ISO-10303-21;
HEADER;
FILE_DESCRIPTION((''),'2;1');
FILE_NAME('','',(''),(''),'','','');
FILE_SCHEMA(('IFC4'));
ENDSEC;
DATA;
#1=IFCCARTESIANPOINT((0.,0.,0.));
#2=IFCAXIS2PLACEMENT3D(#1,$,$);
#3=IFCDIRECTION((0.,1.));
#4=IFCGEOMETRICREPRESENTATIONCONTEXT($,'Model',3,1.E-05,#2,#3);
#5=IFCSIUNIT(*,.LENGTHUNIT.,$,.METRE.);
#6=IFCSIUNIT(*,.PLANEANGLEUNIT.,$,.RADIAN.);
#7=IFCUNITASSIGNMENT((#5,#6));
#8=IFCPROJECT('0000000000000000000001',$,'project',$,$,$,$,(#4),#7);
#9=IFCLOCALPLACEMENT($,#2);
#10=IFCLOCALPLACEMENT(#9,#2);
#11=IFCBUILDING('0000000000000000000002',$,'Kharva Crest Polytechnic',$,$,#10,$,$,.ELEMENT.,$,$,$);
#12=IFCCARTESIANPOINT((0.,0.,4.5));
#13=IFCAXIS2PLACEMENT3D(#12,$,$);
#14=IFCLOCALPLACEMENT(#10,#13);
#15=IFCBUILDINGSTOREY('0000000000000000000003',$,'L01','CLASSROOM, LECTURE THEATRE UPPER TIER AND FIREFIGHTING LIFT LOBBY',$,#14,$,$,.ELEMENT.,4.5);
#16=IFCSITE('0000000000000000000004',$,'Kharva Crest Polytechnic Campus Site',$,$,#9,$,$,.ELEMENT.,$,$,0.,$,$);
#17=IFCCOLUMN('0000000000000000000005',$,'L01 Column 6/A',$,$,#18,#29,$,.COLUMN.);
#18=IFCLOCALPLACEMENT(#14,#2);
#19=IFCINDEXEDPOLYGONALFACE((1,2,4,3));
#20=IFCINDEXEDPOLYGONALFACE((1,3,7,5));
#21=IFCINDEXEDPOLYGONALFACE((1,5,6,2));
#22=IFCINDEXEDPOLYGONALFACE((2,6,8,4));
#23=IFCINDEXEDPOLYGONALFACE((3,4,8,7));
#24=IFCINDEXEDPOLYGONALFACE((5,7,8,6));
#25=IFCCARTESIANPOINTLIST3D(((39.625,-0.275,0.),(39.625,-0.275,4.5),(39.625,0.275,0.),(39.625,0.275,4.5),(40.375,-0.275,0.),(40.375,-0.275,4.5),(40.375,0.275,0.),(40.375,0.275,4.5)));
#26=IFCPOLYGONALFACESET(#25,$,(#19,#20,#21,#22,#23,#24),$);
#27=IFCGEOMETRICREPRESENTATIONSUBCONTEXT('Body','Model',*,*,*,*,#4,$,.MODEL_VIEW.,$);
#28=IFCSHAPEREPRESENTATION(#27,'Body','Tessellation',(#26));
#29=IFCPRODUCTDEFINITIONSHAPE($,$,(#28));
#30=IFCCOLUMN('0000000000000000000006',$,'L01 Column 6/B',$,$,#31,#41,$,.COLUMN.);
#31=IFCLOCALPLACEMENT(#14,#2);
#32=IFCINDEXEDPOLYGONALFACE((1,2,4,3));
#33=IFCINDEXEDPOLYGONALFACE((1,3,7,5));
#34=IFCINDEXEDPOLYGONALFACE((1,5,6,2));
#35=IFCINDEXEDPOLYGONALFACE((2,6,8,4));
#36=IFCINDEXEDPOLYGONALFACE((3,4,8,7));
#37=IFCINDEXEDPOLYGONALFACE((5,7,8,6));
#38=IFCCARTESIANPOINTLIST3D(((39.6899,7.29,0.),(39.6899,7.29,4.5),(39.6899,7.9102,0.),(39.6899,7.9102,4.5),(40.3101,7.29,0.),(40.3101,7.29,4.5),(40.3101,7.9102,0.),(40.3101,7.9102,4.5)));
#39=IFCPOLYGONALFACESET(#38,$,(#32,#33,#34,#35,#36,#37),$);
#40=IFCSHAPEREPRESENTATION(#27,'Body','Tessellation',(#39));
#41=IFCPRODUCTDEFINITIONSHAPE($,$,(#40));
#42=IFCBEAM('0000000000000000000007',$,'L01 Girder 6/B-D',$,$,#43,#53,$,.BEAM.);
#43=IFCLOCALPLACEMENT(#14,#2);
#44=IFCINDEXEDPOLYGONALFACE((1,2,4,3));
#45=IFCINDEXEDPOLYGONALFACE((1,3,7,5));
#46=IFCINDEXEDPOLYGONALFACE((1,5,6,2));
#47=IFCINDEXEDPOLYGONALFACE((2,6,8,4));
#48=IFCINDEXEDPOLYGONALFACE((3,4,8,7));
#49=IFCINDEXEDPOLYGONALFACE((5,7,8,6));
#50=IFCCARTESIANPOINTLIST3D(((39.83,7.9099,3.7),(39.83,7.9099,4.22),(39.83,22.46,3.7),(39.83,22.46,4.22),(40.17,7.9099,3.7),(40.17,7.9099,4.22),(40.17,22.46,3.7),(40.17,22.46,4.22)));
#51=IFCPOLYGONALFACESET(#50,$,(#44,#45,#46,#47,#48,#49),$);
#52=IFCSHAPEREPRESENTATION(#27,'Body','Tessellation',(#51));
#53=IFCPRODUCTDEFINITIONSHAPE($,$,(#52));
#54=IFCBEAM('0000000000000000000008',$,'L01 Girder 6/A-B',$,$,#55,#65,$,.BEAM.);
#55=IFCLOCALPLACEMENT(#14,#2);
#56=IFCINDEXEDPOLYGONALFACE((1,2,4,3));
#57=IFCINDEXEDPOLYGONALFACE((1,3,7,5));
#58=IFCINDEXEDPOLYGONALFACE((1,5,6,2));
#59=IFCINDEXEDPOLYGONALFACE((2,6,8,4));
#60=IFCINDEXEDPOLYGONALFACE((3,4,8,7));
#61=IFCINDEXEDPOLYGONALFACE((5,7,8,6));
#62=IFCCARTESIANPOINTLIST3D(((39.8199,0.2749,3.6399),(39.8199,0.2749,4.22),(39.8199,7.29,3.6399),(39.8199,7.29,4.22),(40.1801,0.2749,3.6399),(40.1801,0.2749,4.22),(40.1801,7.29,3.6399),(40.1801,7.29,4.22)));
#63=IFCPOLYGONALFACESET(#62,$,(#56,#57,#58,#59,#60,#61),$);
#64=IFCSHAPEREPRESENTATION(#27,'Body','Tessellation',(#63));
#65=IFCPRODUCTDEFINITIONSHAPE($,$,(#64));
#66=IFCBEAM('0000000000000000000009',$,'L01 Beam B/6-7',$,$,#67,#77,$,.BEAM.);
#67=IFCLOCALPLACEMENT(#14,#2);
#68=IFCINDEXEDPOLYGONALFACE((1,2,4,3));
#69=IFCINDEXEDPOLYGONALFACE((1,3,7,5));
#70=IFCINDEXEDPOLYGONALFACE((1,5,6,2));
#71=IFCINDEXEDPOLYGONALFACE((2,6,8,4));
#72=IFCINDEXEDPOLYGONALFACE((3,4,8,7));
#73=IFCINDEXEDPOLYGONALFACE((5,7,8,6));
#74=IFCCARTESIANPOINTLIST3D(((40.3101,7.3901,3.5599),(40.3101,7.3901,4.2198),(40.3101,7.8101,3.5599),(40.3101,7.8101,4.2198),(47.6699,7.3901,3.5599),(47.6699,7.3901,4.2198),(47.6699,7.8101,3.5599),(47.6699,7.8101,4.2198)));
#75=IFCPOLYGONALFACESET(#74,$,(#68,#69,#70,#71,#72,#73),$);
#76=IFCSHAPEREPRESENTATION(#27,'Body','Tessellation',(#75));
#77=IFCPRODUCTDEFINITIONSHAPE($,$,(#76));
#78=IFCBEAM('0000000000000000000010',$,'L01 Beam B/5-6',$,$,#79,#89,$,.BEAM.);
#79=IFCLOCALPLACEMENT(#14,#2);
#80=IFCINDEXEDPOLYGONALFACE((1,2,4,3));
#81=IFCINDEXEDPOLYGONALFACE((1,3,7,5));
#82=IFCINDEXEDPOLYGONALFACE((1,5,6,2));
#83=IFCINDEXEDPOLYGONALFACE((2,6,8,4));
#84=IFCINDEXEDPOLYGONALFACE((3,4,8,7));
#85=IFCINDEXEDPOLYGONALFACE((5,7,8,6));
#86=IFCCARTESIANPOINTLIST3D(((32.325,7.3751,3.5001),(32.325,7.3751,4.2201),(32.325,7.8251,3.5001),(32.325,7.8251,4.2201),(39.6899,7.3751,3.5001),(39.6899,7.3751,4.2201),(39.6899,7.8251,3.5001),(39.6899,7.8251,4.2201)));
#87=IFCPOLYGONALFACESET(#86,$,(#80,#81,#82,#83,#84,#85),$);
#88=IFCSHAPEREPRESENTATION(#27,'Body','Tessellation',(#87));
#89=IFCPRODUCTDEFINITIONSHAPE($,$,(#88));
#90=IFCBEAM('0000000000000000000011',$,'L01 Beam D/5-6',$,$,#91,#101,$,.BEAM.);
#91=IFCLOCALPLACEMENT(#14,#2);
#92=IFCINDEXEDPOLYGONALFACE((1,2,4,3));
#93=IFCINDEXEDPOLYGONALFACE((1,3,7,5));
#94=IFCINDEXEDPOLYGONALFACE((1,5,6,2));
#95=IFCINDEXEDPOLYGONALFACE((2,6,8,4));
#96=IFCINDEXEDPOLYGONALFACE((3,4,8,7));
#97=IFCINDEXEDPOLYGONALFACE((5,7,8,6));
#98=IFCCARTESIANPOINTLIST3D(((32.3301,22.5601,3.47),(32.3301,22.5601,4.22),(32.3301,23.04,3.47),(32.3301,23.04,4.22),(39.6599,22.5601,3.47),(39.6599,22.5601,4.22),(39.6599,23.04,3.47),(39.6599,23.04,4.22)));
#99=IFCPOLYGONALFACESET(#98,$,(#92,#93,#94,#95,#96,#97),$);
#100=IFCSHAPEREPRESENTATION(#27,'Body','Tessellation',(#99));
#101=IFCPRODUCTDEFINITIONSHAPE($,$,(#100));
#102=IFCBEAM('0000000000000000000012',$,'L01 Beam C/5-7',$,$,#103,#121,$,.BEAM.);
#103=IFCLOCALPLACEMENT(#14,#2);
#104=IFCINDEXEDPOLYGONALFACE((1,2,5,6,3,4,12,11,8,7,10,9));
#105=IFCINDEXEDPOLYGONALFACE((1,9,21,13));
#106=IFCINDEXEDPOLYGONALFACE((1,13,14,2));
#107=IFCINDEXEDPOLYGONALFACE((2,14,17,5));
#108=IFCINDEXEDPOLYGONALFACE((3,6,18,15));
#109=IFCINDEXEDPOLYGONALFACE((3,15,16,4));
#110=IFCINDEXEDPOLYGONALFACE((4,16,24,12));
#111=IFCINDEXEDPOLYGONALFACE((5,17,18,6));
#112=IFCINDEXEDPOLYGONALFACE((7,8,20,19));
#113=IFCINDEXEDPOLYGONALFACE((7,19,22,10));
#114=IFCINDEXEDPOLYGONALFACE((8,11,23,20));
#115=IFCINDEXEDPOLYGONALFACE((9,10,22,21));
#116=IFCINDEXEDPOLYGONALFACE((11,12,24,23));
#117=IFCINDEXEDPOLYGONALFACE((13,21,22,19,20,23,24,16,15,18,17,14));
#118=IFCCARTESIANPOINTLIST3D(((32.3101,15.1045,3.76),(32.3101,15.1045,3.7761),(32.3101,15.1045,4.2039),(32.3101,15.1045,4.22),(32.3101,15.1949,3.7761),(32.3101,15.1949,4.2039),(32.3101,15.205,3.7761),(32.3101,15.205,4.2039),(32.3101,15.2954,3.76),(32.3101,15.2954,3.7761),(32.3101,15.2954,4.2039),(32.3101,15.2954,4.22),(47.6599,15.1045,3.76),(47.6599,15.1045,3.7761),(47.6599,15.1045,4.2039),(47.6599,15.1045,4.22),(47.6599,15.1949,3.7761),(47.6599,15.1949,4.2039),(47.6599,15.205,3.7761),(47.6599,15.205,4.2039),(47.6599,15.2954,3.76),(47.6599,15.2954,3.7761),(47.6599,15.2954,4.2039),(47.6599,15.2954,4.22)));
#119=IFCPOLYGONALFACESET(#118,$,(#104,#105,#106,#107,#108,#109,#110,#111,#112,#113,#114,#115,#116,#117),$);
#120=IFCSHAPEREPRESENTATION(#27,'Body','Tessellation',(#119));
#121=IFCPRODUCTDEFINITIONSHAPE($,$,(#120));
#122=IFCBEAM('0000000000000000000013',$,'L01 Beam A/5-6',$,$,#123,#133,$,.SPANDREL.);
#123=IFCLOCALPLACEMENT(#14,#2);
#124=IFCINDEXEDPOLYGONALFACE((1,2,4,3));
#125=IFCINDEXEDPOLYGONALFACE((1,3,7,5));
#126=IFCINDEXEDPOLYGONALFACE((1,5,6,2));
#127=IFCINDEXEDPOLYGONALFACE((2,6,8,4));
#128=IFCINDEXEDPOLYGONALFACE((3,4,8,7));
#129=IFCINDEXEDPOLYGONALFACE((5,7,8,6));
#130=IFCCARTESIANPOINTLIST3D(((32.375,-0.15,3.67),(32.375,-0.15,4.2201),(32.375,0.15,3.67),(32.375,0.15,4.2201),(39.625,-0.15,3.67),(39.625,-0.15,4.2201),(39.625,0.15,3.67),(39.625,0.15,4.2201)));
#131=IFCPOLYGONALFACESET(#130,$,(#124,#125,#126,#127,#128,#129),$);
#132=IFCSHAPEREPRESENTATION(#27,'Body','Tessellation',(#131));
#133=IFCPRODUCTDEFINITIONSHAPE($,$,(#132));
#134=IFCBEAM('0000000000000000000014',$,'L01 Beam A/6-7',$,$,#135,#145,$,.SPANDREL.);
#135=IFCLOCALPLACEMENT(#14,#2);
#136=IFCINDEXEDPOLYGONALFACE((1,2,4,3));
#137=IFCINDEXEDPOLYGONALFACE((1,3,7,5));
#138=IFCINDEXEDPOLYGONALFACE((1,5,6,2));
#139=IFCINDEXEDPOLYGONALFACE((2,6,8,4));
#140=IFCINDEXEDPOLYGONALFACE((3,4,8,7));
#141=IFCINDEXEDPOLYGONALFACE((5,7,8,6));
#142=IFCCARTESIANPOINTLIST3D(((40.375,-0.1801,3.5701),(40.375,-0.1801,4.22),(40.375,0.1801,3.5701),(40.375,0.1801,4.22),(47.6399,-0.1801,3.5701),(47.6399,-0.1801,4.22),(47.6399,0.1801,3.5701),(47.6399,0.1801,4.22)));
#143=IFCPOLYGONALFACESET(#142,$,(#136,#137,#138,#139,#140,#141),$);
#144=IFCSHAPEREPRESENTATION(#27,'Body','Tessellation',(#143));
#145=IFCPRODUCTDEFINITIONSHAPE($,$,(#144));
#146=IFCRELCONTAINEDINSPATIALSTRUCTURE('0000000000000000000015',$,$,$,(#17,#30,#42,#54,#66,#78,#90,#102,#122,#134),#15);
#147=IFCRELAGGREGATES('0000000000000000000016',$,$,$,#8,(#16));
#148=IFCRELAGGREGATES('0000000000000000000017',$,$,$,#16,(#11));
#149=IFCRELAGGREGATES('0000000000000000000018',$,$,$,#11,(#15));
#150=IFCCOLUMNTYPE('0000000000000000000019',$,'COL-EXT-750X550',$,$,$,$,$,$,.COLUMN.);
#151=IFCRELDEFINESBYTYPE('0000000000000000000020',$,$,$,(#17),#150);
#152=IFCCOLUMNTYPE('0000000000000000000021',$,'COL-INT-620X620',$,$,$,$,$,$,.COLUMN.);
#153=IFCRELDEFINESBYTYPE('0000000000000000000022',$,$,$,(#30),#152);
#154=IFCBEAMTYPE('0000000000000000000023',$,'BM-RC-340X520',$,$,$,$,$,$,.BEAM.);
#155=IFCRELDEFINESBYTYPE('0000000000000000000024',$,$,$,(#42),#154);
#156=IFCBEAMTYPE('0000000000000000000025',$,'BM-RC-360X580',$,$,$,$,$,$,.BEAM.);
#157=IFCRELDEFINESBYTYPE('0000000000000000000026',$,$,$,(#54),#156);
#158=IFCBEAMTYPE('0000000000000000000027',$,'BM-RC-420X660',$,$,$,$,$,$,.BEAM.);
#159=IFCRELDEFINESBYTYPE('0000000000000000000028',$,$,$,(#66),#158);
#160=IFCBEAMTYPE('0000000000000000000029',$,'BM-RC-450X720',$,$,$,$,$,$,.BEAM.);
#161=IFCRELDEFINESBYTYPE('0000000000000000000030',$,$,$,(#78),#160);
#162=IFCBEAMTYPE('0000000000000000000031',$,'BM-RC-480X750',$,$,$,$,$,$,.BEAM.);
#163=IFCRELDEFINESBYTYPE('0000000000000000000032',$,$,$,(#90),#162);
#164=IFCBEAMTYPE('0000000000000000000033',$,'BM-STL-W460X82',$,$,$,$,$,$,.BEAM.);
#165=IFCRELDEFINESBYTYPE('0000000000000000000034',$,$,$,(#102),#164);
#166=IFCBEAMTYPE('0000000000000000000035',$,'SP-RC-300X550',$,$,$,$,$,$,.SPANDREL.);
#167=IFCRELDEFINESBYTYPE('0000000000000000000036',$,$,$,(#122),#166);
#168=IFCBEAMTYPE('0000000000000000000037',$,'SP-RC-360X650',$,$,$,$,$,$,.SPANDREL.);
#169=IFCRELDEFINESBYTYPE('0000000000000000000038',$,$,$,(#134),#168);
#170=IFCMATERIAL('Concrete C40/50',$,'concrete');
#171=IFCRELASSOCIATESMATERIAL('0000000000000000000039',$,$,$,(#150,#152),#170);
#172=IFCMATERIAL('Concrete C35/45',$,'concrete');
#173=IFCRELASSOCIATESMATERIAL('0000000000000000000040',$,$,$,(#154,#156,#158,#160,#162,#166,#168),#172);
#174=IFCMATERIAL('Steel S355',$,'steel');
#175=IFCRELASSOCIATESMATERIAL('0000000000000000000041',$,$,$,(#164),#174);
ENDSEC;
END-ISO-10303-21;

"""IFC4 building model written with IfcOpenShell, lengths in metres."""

from ifc_helpers import new_model, si_unit, direction, frame, origin, origin_2d, place, context, subcontext, project, spatial, rectangle, i_section, extrude, material, material_profile, profile_set, type_object, element, save


model = new_model("IFC4")

# Units and contexts
model_context = context("Model", 3, precision=1e-05, world=origin(), true_north=direction((0.0, 1.0)))
body_context = subcontext(model_context, "Body", "Model", "MODEL_VIEW")
ifc_project = project(units=[si_unit("LENGTHUNIT", "METRE"), si_unit("PLANEANGLEUNIT", "RADIAN")], contexts=[model_context])

# Site, building, storey
site_placement = place(None, origin())
site = spatial("IfcSite", under=ifc_project, at=site_placement, Name="Kharva Crest Polytechnic Campus Site", CompositionType="ELEMENT", RefElevation=0.0)
building_placement = place(site_placement, origin())
building = spatial("IfcBuilding", under=site, at=building_placement, Name="Kharva Crest Polytechnic", CompositionType="ELEMENT")
storey_placement = place(building_placement, frame((0.0, 0.0, 4.5)))
storey = spatial("IfcBuildingStorey", under=building, at=storey_placement, Name="L01", Description="CLASSROOM, LECTURE THEATRE UPPER TIER AND FIREFIGHTING LIFT LOBBY", CompositionType="ELEMENT", Elevation=4.5)

# Columns
ifc_material_1 = material(Name="Concrete C40/50", Category="concrete")
ifc_material_profile_1 = material_profile(ifc_material_1, rectangle(XDim=0.75, YDim=0.55, at=origin_2d()), Name="RECT 750 X 550")
ifc_profile_set_1 = profile_set([ifc_material_profile_1], Name="Concrete C40/50")
column_type_1 = type_object("IfcColumnType", Name="COL-EXT-750X550", PredefinedType="COLUMN", material=ifc_profile_set_1)
column_1_placement = place(storey_placement, frame((40.0, 0.0, 0.0), z_axis=(0.0, 0.0, 1.0), x_axis=(1.0, 0.0, 0.0)))
element("IfcColumn", 1, at=column_1_placement, inside=storey, type_object=column_type_1, Name="L01 Column 6/A", PredefinedType="COLUMN", context=body_context, shape_type="SweptSolid", body=[
    extrude(rectangle(XDim=0.75, YDim=0.55, at=origin_2d()), origin(), (0.0, 0.0, 1.0), 4.5),
])
ifc_material_profile_2 = material_profile(ifc_material_1, rectangle(XDim=0.6201, YDim=0.6201, at=origin_2d()), Name="RECT 620 X 620")
ifc_profile_set_2 = profile_set([ifc_material_profile_2], Name="Concrete C40/50")
column_type_2 = type_object("IfcColumnType", Name="COL-INT-620X620", PredefinedType="COLUMN", material=ifc_profile_set_2)
column_2_placement = place(storey_placement, frame((40.0, 7.6001, 0.0), z_axis=(0.0, 0.0, 1.0), x_axis=(1.0, 0.0, 0.0)))
element("IfcColumn", 2, at=column_2_placement, inside=storey, type_object=column_type_2, Name="L01 Column 6/B", PredefinedType="COLUMN", context=body_context, shape_type="SweptSolid", body=[
    extrude(rectangle(XDim=0.6201, YDim=0.6201, at=origin_2d()), origin(), (0.0, 0.0, 1.0), 4.5),
])

# Beams
ifc_material_2 = material(Name="Concrete C35/45", Category="concrete")
ifc_material_profile_3 = material_profile(ifc_material_2, rectangle(XDim=0.3401, YDim=0.52, at=origin_2d()), Name="RECT 340 X 520")
ifc_profile_set_3 = profile_set([ifc_material_profile_3], Name="Concrete C35/45")
beam_type_1 = type_object("IfcBeamType", Name="BM-RC-340X520", PredefinedType="BEAM", material=ifc_profile_set_3)
beam_1_placement = place(storey_placement, frame((40.0, 7.9099, 3.96), z_axis=(0.0, 1.0, 0.0), x_axis=(-1.0, 0.0, 0.0)))
element("IfcBeam", 3, at=beam_1_placement, inside=storey, type_object=beam_type_1, Name="L01 Girder 6/B-D", PredefinedType="BEAM", context=body_context, shape_type="SweptSolid", body=[
    extrude(rectangle(XDim=0.3401, YDim=0.52, at=origin_2d()), origin(), (0.0, 0.0, 1.0), 14.55),
])
ifc_material_profile_4 = material_profile(ifc_material_2, rectangle(XDim=0.3601, YDim=0.5801, at=origin_2d()), Name="RECT 360 X 580")
ifc_profile_set_4 = profile_set([ifc_material_profile_4], Name="Concrete C35/45")
beam_type_2 = type_object("IfcBeamType", Name="BM-RC-360X580", PredefinedType="BEAM", material=ifc_profile_set_4)
beam_2_placement = place(storey_placement, frame((40.0, 0.2749, 3.9299), z_axis=(0.0, 1.0, 0.0), x_axis=(-1.0, 0.0, 0.0)))
element("IfcBeam", 4, at=beam_2_placement, inside=storey, type_object=beam_type_2, Name="L01 Girder 6/A-B", PredefinedType="BEAM", context=body_context, shape_type="SweptSolid", body=[
    extrude(rectangle(XDim=0.3601, YDim=0.5801, at=origin_2d()), origin(), (0.0, 0.0, 1.0), 7.0151),
])
ifc_material_profile_5 = material_profile(ifc_material_2, rectangle(XDim=0.4199, YDim=0.6599, at=origin_2d()), Name="RECT 420 X 660")
ifc_profile_set_5 = profile_set([ifc_material_profile_5], Name="Concrete C35/45")
beam_type_3 = type_object("IfcBeamType", Name="BM-RC-420X660", PredefinedType="BEAM", material=ifc_profile_set_5)
beam_3_placement = place(storey_placement, frame((40.3101, 7.6001, 3.8899), z_axis=(1.0, 0.0, 0.0), x_axis=(0.0, 1.0, 0.0)))
element("IfcBeam", 5, at=beam_3_placement, inside=storey, type_object=beam_type_3, Name="L01 Beam B/6-7", PredefinedType="BEAM", context=body_context, shape_type="SweptSolid", body=[
    extrude(rectangle(XDim=0.4199, YDim=0.6599, at=origin_2d()), origin(), (0.0, 0.0, 1.0), 7.3599),
])
ifc_material_profile_6 = material_profile(ifc_material_2, rectangle(XDim=0.45, YDim=0.72, at=origin_2d()), Name="RECT 450 X 720")
ifc_profile_set_6 = profile_set([ifc_material_profile_6], Name="Concrete C35/45")
beam_type_4 = type_object("IfcBeamType", Name="BM-RC-450X720", PredefinedType="BEAM", material=ifc_profile_set_6)
beam_4_placement = place(storey_placement, frame((32.325, 7.6001, 3.8601), z_axis=(1.0, 0.0, 0.0), x_axis=(0.0, 1.0, 0.0)))
element("IfcBeam", 6, at=beam_4_placement, inside=storey, type_object=beam_type_4, Name="L01 Beam B/5-6", PredefinedType="BEAM", context=body_context, shape_type="SweptSolid", body=[
    extrude(rectangle(XDim=0.45, YDim=0.72, at=origin_2d()), origin(), (0.0, 0.0, 1.0), 7.365),
])
ifc_material_profile_7 = material_profile(ifc_material_2, rectangle(XDim=0.48, YDim=0.75, at=origin_2d()), Name="RECT 480 X 750")
ifc_profile_set_7 = profile_set([ifc_material_profile_7], Name="Concrete C35/45")
beam_type_5 = type_object("IfcBeamType", Name="BM-RC-480X750", PredefinedType="BEAM", material=ifc_profile_set_7)
beam_5_placement = place(storey_placement, frame((32.3301, 22.8, 3.845), z_axis=(1.0, 0.0, 0.0), x_axis=(0.0, 1.0, 0.0)))
element("IfcBeam", 7, at=beam_5_placement, inside=storey, type_object=beam_type_5, Name="L01 Beam D/5-6", PredefinedType="BEAM", context=body_context, shape_type="SweptSolid", body=[
    extrude(rectangle(XDim=0.48, YDim=0.75, at=origin_2d()), origin(), (0.0, 0.0, 1.0), 7.3298),
])
ifc_material_3 = material(Name="Steel S355", Category="steel")
ifc_material_profile_8 = material_profile(ifc_material_3, i_section(OverallWidth=0.1909, OverallDepth=0.46, WebThickness=0.01, FlangeThickness=0.0161, at=origin_2d()), Name="W460X82")
ifc_profile_set_8 = profile_set([ifc_material_profile_8], Name="Steel S355")
beam_type_6 = type_object("IfcBeamType", Name="BM-STL-W460X82", PredefinedType="BEAM", material=ifc_profile_set_8)
beam_6_placement = place(storey_placement, frame((32.3101, 15.2, 3.99), z_axis=(1.0, 0.0, 0.0), x_axis=(0.0, 1.0, 0.0)))
element("IfcBeam", 8, at=beam_6_placement, inside=storey, type_object=beam_type_6, Name="L01 Beam C/5-7", PredefinedType="BEAM", context=body_context, shape_type="SweptSolid", body=[
    extrude(i_section(OverallWidth=0.1909, OverallDepth=0.46, WebThickness=0.01, FlangeThickness=0.0161, at=origin_2d()), origin(), (0.0, 0.0, 1.0), 15.3499),
])
ifc_material_profile_9 = material_profile(ifc_material_2, rectangle(XDim=0.3, YDim=0.55, at=origin_2d()), Name="RECT 300 X 550")
ifc_profile_set_9 = profile_set([ifc_material_profile_9], Name="Concrete C35/45")
beam_type_7 = type_object("IfcBeamType", Name="SP-RC-300X550", PredefinedType="SPANDREL", material=ifc_profile_set_9)
beam_7_placement = place(storey_placement, frame((32.375, 0.0, 3.9451), z_axis=(1.0, 0.0, 0.0), x_axis=(0.0, 1.0, 0.0)))
element("IfcBeam", 9, at=beam_7_placement, inside=storey, type_object=beam_type_7, Name="L01 Beam A/5-6", PredefinedType="SPANDREL", context=body_context, shape_type="SweptSolid", body=[
    extrude(rectangle(XDim=0.3, YDim=0.55, at=origin_2d()), origin(), (0.0, 0.0, 1.0), 7.25),
])
ifc_material_profile_10 = material_profile(ifc_material_2, rectangle(XDim=0.3601, YDim=0.6499, at=origin_2d()), Name="RECT 360 X 650")
ifc_profile_set_10 = profile_set([ifc_material_profile_10], Name="Concrete C35/45")
beam_type_8 = type_object("IfcBeamType", Name="SP-RC-360X650", PredefinedType="SPANDREL", material=ifc_profile_set_10)
beam_8_placement = place(storey_placement, frame((40.375, 0.0, 3.895), z_axis=(1.0, 0.0, 0.0), x_axis=(0.0, 1.0, 0.0)))
element("IfcBeam", 10, at=beam_8_placement, inside=storey, type_object=beam_type_8, Name="L01 Beam A/6-7", PredefinedType="SPANDREL", context=body_context, shape_type="SweptSolid", body=[
    extrude(rectangle(XDim=0.3601, YDim=0.6499, at=origin_2d()), origin(), (0.0, 0.0, 1.0), 7.2649),
])

save(model, "model.ifc")
